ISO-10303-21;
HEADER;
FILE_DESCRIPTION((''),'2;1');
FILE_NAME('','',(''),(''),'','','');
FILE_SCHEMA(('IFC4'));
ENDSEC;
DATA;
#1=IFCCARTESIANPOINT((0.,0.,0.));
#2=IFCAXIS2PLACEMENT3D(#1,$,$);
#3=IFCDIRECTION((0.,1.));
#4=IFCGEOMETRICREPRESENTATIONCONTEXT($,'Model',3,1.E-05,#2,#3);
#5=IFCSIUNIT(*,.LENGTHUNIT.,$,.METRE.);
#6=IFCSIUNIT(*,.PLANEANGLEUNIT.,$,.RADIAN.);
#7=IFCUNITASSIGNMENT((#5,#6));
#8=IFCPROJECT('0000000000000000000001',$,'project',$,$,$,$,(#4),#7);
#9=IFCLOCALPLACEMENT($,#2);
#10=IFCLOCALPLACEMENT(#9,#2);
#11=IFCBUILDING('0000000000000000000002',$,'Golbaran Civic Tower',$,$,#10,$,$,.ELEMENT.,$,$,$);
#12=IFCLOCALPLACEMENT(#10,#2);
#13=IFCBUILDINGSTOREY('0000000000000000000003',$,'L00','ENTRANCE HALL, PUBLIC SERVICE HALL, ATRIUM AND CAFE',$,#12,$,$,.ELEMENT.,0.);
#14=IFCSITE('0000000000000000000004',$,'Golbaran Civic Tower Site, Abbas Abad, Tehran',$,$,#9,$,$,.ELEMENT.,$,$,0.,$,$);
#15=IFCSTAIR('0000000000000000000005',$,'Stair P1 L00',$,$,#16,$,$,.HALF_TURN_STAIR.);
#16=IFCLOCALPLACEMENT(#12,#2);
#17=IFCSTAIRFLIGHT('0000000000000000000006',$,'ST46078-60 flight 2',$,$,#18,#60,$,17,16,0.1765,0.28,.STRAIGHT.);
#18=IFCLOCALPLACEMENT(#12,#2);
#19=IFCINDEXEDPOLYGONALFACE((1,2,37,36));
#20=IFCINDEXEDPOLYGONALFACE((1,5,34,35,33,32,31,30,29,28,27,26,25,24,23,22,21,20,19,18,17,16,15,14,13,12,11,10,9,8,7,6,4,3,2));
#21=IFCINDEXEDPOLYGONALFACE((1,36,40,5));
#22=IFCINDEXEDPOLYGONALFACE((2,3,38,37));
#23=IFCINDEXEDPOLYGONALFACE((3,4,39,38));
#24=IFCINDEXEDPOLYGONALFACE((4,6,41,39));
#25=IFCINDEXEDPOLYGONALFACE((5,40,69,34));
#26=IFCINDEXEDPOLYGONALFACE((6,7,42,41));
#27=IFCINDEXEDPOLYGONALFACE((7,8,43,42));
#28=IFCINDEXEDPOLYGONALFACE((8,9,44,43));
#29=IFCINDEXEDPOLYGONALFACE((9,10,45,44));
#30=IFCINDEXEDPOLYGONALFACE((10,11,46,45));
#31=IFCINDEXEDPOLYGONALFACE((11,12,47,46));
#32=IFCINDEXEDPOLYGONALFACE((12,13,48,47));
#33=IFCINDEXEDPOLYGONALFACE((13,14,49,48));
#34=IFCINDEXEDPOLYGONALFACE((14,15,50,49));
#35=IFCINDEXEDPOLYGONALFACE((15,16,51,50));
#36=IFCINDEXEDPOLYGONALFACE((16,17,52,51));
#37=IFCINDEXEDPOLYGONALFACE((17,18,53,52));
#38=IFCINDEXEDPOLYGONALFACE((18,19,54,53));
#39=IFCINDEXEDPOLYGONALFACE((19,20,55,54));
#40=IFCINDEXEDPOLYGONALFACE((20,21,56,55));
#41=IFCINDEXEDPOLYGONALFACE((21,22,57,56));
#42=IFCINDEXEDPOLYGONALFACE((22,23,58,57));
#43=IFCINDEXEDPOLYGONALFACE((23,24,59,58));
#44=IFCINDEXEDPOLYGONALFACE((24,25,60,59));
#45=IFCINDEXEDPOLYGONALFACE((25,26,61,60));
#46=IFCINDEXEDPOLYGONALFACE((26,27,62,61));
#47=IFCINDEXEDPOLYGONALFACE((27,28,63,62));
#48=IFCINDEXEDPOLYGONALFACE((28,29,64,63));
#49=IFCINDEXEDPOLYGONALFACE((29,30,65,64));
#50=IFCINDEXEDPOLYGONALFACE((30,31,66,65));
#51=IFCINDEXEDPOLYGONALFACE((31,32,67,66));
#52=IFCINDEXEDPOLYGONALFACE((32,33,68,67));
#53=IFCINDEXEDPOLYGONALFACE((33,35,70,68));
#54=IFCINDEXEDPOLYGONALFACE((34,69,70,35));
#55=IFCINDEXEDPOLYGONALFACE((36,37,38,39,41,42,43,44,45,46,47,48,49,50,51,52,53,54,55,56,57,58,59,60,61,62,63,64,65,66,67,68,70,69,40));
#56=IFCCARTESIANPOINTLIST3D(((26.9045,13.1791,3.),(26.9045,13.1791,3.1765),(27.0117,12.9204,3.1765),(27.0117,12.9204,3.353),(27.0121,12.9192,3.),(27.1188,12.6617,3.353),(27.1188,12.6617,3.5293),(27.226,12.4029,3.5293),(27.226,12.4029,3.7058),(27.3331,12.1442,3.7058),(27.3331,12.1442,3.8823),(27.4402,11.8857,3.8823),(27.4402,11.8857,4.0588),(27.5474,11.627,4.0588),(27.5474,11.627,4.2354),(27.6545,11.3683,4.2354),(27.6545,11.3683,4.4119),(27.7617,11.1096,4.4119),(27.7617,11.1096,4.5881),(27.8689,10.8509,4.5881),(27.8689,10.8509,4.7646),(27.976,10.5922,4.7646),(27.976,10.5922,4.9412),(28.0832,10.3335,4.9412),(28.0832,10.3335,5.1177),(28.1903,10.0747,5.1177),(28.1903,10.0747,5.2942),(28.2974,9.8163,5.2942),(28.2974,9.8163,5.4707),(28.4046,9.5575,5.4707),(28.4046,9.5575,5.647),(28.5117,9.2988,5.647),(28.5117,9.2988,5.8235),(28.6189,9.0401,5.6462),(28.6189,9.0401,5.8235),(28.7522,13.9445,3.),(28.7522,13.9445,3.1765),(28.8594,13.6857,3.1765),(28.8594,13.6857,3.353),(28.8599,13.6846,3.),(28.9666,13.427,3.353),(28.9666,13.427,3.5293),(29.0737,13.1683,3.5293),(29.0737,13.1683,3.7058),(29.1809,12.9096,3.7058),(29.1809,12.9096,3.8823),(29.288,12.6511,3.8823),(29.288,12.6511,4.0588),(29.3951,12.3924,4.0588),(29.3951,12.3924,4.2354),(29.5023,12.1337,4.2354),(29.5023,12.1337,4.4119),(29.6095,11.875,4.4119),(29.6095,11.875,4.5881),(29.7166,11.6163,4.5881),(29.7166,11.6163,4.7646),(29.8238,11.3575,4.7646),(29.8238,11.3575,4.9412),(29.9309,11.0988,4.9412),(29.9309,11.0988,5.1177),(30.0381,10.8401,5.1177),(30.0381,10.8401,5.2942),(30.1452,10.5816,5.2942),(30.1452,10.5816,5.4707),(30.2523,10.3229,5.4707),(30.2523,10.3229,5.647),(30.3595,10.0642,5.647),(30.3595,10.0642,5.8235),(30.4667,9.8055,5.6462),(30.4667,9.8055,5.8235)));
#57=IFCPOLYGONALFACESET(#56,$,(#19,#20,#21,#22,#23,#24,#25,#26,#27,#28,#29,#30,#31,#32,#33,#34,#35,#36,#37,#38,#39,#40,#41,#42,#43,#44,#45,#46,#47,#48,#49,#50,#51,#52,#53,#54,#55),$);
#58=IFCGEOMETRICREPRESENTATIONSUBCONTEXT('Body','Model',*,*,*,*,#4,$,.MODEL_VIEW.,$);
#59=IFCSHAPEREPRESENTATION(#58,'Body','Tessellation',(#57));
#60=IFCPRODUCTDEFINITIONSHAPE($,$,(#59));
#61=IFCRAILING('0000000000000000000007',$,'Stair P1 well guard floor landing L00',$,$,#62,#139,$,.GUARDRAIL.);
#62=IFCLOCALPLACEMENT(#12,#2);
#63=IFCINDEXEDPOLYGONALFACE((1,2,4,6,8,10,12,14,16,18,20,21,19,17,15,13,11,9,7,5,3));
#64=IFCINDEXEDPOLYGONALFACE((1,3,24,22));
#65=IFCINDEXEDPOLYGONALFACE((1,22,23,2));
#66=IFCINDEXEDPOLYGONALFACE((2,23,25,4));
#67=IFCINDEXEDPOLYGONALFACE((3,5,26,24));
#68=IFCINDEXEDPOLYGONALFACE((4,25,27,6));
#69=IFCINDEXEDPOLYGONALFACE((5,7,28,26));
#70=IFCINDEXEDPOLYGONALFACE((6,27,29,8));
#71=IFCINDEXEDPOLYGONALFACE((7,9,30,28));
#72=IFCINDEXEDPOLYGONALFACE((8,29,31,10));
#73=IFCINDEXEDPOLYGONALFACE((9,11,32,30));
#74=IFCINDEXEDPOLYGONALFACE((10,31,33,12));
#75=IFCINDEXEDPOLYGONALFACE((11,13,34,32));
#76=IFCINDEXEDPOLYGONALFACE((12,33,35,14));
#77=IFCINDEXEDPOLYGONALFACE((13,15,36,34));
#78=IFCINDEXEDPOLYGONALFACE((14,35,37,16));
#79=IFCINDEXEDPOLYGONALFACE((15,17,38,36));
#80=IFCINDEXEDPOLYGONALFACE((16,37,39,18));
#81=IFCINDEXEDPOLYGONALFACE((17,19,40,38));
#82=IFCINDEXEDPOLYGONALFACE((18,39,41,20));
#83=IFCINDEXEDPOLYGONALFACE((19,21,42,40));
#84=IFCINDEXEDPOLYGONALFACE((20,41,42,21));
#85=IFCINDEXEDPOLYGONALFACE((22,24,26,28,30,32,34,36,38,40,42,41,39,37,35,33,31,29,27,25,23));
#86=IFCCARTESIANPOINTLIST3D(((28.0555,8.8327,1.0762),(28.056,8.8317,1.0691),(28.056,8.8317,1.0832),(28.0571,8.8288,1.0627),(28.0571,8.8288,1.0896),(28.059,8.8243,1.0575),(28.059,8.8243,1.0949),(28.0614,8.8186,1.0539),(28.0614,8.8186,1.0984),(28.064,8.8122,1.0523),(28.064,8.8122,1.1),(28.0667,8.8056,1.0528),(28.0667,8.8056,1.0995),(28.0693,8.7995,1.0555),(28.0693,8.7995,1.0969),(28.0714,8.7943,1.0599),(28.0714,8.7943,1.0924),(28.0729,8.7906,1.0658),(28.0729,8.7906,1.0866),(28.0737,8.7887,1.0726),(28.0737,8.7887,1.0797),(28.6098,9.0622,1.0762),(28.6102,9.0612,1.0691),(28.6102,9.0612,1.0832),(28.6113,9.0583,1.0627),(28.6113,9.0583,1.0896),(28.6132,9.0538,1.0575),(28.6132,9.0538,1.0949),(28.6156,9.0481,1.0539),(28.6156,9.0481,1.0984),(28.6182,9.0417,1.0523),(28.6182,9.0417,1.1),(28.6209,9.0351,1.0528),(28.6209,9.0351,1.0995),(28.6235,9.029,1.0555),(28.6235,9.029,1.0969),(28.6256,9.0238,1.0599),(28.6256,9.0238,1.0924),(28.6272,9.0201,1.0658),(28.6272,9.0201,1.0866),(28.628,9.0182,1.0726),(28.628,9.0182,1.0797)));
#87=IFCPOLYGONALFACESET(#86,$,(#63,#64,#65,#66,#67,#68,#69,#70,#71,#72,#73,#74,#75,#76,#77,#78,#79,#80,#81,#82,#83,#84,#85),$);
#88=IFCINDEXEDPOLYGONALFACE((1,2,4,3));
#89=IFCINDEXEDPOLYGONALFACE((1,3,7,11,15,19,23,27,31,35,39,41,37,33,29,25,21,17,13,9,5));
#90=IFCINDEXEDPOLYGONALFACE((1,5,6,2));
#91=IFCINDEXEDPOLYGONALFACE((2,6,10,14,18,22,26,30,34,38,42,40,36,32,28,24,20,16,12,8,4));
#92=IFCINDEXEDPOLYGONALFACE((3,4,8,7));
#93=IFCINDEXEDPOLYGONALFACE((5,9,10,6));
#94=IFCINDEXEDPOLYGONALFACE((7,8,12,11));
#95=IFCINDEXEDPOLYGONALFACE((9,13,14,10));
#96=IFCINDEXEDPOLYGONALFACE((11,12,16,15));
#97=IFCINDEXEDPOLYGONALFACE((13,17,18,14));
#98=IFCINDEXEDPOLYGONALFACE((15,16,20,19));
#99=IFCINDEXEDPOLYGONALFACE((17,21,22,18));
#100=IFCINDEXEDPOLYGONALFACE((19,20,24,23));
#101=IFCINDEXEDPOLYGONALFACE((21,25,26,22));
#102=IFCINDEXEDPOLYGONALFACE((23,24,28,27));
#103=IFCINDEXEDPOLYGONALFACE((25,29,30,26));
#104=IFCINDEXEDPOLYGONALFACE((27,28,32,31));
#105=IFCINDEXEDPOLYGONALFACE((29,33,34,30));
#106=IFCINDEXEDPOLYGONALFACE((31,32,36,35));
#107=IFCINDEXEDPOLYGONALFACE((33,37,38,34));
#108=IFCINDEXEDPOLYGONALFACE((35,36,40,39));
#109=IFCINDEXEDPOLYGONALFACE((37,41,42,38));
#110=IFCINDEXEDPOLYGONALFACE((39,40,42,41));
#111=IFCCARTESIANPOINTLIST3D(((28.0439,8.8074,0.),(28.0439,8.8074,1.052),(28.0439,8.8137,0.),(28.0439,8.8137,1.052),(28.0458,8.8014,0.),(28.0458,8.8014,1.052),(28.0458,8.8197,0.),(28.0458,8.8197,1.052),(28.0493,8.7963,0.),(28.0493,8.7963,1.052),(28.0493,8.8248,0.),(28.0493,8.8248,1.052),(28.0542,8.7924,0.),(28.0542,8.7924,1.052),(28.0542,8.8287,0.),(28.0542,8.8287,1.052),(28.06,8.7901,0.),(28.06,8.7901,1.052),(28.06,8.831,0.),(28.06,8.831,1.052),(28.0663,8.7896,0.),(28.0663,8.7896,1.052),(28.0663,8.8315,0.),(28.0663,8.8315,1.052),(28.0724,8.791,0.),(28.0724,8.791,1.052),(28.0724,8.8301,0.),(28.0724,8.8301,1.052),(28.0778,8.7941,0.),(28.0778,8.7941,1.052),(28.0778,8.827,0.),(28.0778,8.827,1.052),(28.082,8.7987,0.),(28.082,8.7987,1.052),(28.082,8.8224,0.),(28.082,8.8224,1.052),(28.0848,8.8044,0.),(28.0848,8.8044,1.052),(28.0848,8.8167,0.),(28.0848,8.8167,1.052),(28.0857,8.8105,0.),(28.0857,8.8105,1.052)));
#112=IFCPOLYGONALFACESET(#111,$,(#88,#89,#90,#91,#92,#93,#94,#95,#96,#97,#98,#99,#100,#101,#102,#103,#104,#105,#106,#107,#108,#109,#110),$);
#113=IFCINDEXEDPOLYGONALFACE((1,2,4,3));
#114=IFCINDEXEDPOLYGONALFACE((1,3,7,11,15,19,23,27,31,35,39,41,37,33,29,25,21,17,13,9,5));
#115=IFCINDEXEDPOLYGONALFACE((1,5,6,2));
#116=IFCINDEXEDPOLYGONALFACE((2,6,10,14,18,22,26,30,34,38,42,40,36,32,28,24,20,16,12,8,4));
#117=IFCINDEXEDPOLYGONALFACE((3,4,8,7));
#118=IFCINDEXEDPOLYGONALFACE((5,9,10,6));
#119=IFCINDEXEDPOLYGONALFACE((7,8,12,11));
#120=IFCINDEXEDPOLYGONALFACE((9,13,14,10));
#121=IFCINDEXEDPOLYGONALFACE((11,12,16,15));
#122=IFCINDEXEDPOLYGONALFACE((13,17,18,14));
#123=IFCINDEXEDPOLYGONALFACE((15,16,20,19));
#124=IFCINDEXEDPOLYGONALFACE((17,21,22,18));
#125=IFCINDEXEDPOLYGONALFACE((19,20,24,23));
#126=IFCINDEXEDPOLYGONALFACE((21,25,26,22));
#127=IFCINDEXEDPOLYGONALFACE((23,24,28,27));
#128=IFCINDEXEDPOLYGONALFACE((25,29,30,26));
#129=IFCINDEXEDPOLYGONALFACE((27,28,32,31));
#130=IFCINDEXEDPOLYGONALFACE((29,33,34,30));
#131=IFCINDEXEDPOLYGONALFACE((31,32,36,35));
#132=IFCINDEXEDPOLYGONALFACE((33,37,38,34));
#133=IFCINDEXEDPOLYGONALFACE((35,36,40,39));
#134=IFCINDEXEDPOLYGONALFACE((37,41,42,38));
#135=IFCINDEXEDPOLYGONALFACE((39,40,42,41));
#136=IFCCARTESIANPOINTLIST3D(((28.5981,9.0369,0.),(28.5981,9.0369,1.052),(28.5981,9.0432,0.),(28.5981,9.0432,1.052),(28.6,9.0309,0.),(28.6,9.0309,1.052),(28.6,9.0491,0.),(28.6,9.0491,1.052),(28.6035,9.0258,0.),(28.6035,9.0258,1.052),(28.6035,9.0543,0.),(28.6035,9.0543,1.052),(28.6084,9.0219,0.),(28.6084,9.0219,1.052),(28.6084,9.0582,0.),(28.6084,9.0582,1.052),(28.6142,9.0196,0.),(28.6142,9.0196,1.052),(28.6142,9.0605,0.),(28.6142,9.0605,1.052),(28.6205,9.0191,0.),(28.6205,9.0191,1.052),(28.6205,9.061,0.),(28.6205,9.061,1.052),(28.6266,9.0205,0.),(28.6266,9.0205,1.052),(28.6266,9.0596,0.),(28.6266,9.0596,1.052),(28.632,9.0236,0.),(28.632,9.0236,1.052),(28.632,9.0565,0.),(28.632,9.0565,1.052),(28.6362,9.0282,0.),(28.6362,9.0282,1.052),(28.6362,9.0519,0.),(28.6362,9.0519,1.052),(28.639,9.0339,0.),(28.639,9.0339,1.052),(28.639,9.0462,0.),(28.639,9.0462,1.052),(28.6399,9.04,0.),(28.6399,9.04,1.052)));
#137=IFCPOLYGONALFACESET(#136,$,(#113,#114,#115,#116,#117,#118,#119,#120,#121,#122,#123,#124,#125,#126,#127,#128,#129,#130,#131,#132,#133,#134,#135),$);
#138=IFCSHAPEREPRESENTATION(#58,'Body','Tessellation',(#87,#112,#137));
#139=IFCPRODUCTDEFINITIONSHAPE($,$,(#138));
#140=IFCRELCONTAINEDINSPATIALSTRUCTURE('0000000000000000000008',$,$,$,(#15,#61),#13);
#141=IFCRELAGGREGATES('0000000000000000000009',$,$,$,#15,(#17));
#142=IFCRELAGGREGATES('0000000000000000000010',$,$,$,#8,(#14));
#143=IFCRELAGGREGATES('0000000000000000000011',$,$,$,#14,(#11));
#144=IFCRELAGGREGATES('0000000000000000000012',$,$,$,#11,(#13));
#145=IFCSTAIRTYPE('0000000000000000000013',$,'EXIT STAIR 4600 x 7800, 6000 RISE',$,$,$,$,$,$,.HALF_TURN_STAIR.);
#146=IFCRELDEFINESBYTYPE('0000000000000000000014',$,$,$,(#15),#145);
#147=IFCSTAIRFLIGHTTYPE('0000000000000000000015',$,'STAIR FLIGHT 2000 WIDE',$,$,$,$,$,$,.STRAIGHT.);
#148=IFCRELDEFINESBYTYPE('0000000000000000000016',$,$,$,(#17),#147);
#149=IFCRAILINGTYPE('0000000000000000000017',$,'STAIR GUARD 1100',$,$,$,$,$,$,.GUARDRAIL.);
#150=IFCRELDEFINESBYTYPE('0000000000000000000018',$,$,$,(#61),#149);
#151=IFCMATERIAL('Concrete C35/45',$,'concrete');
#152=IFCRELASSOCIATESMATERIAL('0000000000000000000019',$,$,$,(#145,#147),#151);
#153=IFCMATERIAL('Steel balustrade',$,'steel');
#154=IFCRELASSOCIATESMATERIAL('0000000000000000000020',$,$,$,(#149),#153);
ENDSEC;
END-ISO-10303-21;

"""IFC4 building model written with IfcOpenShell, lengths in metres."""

from ifc_helpers import new_model, si_unit, direction, frame, origin, origin_2d, place, context, subcontext, project, spatial, polyline, circle, outline, extrude, material, type_object, element, aggregate, save


model = new_model("IFC4")

# Units and contexts
model_context = context("Model", 3, precision=1e-05, world=origin(), true_north=direction((0.0, 1.0)))
body_context = subcontext(model_context, "Body", "Model", "MODEL_VIEW")
ifc_project = project(units=[si_unit("LENGTHUNIT", "METRE"), si_unit("PLANEANGLEUNIT", "RADIAN")], contexts=[model_context])

# Site, building, storey
site_placement = place(None, origin())
site = spatial("IfcSite", under=ifc_project, at=site_placement, Name="Golbaran Civic Tower Site, Abbas Abad, Tehran", CompositionType="ELEMENT", RefElevation=0.0)
building_placement = place(site_placement, origin())
building = spatial("IfcBuilding", under=site, at=building_placement, Name="Golbaran Civic Tower", CompositionType="ELEMENT")
storey_placement = place(building_placement, origin())
storey = spatial("IfcBuildingStorey", under=building, at=storey_placement, Name="L00", Description="ENTRANCE HALL, PUBLIC SERVICE HALL, ATRIUM AND CAFE", CompositionType="ELEMENT", Elevation=0.0)

# Stair, stair flight
ifc_material_1 = material(Name="Concrete C35/45", Category="concrete")
stair_type = type_object("IfcStairType", Name="EXIT STAIR 4600 x 7800, 6000 RISE", PredefinedType="HALF_TURN_STAIR", material=ifc_material_1)
stair_placement = place(storey_placement, origin())
stair = element("IfcStair", 1, at=stair_placement, inside=storey, type_object=stair_type, Name="Stair P1 L00", PredefinedType="HALF_TURN_STAIR")
stair_flight_type = type_object("IfcStairFlightType", Name="STAIR FLIGHT 2000 WIDE", PredefinedType="STRAIGHT", material=ifc_material_1)
stair_flight_1_placement = place(storey_placement, frame((27.8284, 13.5618, 3.0), z_axis=(0.0, 0.0, 1.0), x_axis=(0.382683, -0.92388, 0.0)))
stair_flight_1 = element("IfcStairFlight", 2, at=stair_flight_1_placement, type_object=stair_flight_type, Name="ST46078-60 flight 2", NumberOfRisers=17, NumberOfTreads=16, PredefinedType="STRAIGHT", RiserHeight=0.1765, TreadLength=0.28, context=body_context, shape_type="SweptSolid", body=[
    extrude(outline(polyline([(0.0, 0.0), (0.0, 0.1765), (0.28, 0.1765), (0.28, 0.353), (0.5601, 0.353), (0.5601, 0.5293), (0.8401, 0.5293), (0.8401, 0.7058), (1.1201, 0.7058), (1.1201, 0.8823), (1.3999, 0.8823), (1.3999, 1.0588), (1.6799, 1.0588), (1.6799, 1.2354), (1.96, 1.2354), (1.96, 1.4119), (2.24, 1.4119), (2.24, 1.5881), (2.52, 1.5881), (2.52, 1.7646), (2.8, 1.7646), (2.8, 1.9412), (3.0801, 1.9412), (3.0801, 2.1177), (3.3601, 2.1177), (3.3601, 2.2942), (3.6399, 2.2942), (3.6399, 2.4707), (3.9199, 2.4707), (3.9199, 2.647), (4.2, 2.647), (4.2, 2.8235), (4.48, 2.8235), (4.48, 3.0), (4.48, 2.6462), (0.2812, 0.0), (0.0, 0.0)])), frame((0.0, 1.0, 0.0), z_axis=(0.0, -1.0, 0.0), x_axis=(1.0, 0.0, 0.0)), (0.0, 0.0, 1.0), 2.0),
])
aggregate(stair, [stair_flight_1])

# Railing
ifc_material_2 = material(Name="Steel balustrade", Category="steel")
railing_type_1 = type_object("IfcRailingType", Name="STAIR GUARD 1100", PredefinedType="GUARDRAIL", material=ifc_material_2)
railing_1_placement = place(storey_placement, frame((28.0647, 8.8105, 0.0)))
element("IfcRailing", 3, at=railing_1_placement, inside=storey, type_object=railing_type_1, Name="Stair P1 well guard floor landing L00", PredefinedType="GUARDRAIL", context=body_context, shape_type="SweptSolid", body=[
    extrude(circle(Radius=0.0239, at=origin_2d()), frame((0.0, 0.0, 1.0762), z_axis=(0.923918, 0.382591, 0.0), x_axis=(-0.382591, 0.923918, 0.0)), (0.0, 0.0, 1.0), 0.5999),
    extrude(circle(Radius=0.021, at=origin_2d()), origin(), (0.0, 0.0, 1.0), 1.052),
    extrude(circle(Radius=0.021, at=origin_2d()), frame((0.5542, 0.2295, 0.0)), (0.0, 0.0, 1.0), 1.052),
])

save(model, "model.ifc")
